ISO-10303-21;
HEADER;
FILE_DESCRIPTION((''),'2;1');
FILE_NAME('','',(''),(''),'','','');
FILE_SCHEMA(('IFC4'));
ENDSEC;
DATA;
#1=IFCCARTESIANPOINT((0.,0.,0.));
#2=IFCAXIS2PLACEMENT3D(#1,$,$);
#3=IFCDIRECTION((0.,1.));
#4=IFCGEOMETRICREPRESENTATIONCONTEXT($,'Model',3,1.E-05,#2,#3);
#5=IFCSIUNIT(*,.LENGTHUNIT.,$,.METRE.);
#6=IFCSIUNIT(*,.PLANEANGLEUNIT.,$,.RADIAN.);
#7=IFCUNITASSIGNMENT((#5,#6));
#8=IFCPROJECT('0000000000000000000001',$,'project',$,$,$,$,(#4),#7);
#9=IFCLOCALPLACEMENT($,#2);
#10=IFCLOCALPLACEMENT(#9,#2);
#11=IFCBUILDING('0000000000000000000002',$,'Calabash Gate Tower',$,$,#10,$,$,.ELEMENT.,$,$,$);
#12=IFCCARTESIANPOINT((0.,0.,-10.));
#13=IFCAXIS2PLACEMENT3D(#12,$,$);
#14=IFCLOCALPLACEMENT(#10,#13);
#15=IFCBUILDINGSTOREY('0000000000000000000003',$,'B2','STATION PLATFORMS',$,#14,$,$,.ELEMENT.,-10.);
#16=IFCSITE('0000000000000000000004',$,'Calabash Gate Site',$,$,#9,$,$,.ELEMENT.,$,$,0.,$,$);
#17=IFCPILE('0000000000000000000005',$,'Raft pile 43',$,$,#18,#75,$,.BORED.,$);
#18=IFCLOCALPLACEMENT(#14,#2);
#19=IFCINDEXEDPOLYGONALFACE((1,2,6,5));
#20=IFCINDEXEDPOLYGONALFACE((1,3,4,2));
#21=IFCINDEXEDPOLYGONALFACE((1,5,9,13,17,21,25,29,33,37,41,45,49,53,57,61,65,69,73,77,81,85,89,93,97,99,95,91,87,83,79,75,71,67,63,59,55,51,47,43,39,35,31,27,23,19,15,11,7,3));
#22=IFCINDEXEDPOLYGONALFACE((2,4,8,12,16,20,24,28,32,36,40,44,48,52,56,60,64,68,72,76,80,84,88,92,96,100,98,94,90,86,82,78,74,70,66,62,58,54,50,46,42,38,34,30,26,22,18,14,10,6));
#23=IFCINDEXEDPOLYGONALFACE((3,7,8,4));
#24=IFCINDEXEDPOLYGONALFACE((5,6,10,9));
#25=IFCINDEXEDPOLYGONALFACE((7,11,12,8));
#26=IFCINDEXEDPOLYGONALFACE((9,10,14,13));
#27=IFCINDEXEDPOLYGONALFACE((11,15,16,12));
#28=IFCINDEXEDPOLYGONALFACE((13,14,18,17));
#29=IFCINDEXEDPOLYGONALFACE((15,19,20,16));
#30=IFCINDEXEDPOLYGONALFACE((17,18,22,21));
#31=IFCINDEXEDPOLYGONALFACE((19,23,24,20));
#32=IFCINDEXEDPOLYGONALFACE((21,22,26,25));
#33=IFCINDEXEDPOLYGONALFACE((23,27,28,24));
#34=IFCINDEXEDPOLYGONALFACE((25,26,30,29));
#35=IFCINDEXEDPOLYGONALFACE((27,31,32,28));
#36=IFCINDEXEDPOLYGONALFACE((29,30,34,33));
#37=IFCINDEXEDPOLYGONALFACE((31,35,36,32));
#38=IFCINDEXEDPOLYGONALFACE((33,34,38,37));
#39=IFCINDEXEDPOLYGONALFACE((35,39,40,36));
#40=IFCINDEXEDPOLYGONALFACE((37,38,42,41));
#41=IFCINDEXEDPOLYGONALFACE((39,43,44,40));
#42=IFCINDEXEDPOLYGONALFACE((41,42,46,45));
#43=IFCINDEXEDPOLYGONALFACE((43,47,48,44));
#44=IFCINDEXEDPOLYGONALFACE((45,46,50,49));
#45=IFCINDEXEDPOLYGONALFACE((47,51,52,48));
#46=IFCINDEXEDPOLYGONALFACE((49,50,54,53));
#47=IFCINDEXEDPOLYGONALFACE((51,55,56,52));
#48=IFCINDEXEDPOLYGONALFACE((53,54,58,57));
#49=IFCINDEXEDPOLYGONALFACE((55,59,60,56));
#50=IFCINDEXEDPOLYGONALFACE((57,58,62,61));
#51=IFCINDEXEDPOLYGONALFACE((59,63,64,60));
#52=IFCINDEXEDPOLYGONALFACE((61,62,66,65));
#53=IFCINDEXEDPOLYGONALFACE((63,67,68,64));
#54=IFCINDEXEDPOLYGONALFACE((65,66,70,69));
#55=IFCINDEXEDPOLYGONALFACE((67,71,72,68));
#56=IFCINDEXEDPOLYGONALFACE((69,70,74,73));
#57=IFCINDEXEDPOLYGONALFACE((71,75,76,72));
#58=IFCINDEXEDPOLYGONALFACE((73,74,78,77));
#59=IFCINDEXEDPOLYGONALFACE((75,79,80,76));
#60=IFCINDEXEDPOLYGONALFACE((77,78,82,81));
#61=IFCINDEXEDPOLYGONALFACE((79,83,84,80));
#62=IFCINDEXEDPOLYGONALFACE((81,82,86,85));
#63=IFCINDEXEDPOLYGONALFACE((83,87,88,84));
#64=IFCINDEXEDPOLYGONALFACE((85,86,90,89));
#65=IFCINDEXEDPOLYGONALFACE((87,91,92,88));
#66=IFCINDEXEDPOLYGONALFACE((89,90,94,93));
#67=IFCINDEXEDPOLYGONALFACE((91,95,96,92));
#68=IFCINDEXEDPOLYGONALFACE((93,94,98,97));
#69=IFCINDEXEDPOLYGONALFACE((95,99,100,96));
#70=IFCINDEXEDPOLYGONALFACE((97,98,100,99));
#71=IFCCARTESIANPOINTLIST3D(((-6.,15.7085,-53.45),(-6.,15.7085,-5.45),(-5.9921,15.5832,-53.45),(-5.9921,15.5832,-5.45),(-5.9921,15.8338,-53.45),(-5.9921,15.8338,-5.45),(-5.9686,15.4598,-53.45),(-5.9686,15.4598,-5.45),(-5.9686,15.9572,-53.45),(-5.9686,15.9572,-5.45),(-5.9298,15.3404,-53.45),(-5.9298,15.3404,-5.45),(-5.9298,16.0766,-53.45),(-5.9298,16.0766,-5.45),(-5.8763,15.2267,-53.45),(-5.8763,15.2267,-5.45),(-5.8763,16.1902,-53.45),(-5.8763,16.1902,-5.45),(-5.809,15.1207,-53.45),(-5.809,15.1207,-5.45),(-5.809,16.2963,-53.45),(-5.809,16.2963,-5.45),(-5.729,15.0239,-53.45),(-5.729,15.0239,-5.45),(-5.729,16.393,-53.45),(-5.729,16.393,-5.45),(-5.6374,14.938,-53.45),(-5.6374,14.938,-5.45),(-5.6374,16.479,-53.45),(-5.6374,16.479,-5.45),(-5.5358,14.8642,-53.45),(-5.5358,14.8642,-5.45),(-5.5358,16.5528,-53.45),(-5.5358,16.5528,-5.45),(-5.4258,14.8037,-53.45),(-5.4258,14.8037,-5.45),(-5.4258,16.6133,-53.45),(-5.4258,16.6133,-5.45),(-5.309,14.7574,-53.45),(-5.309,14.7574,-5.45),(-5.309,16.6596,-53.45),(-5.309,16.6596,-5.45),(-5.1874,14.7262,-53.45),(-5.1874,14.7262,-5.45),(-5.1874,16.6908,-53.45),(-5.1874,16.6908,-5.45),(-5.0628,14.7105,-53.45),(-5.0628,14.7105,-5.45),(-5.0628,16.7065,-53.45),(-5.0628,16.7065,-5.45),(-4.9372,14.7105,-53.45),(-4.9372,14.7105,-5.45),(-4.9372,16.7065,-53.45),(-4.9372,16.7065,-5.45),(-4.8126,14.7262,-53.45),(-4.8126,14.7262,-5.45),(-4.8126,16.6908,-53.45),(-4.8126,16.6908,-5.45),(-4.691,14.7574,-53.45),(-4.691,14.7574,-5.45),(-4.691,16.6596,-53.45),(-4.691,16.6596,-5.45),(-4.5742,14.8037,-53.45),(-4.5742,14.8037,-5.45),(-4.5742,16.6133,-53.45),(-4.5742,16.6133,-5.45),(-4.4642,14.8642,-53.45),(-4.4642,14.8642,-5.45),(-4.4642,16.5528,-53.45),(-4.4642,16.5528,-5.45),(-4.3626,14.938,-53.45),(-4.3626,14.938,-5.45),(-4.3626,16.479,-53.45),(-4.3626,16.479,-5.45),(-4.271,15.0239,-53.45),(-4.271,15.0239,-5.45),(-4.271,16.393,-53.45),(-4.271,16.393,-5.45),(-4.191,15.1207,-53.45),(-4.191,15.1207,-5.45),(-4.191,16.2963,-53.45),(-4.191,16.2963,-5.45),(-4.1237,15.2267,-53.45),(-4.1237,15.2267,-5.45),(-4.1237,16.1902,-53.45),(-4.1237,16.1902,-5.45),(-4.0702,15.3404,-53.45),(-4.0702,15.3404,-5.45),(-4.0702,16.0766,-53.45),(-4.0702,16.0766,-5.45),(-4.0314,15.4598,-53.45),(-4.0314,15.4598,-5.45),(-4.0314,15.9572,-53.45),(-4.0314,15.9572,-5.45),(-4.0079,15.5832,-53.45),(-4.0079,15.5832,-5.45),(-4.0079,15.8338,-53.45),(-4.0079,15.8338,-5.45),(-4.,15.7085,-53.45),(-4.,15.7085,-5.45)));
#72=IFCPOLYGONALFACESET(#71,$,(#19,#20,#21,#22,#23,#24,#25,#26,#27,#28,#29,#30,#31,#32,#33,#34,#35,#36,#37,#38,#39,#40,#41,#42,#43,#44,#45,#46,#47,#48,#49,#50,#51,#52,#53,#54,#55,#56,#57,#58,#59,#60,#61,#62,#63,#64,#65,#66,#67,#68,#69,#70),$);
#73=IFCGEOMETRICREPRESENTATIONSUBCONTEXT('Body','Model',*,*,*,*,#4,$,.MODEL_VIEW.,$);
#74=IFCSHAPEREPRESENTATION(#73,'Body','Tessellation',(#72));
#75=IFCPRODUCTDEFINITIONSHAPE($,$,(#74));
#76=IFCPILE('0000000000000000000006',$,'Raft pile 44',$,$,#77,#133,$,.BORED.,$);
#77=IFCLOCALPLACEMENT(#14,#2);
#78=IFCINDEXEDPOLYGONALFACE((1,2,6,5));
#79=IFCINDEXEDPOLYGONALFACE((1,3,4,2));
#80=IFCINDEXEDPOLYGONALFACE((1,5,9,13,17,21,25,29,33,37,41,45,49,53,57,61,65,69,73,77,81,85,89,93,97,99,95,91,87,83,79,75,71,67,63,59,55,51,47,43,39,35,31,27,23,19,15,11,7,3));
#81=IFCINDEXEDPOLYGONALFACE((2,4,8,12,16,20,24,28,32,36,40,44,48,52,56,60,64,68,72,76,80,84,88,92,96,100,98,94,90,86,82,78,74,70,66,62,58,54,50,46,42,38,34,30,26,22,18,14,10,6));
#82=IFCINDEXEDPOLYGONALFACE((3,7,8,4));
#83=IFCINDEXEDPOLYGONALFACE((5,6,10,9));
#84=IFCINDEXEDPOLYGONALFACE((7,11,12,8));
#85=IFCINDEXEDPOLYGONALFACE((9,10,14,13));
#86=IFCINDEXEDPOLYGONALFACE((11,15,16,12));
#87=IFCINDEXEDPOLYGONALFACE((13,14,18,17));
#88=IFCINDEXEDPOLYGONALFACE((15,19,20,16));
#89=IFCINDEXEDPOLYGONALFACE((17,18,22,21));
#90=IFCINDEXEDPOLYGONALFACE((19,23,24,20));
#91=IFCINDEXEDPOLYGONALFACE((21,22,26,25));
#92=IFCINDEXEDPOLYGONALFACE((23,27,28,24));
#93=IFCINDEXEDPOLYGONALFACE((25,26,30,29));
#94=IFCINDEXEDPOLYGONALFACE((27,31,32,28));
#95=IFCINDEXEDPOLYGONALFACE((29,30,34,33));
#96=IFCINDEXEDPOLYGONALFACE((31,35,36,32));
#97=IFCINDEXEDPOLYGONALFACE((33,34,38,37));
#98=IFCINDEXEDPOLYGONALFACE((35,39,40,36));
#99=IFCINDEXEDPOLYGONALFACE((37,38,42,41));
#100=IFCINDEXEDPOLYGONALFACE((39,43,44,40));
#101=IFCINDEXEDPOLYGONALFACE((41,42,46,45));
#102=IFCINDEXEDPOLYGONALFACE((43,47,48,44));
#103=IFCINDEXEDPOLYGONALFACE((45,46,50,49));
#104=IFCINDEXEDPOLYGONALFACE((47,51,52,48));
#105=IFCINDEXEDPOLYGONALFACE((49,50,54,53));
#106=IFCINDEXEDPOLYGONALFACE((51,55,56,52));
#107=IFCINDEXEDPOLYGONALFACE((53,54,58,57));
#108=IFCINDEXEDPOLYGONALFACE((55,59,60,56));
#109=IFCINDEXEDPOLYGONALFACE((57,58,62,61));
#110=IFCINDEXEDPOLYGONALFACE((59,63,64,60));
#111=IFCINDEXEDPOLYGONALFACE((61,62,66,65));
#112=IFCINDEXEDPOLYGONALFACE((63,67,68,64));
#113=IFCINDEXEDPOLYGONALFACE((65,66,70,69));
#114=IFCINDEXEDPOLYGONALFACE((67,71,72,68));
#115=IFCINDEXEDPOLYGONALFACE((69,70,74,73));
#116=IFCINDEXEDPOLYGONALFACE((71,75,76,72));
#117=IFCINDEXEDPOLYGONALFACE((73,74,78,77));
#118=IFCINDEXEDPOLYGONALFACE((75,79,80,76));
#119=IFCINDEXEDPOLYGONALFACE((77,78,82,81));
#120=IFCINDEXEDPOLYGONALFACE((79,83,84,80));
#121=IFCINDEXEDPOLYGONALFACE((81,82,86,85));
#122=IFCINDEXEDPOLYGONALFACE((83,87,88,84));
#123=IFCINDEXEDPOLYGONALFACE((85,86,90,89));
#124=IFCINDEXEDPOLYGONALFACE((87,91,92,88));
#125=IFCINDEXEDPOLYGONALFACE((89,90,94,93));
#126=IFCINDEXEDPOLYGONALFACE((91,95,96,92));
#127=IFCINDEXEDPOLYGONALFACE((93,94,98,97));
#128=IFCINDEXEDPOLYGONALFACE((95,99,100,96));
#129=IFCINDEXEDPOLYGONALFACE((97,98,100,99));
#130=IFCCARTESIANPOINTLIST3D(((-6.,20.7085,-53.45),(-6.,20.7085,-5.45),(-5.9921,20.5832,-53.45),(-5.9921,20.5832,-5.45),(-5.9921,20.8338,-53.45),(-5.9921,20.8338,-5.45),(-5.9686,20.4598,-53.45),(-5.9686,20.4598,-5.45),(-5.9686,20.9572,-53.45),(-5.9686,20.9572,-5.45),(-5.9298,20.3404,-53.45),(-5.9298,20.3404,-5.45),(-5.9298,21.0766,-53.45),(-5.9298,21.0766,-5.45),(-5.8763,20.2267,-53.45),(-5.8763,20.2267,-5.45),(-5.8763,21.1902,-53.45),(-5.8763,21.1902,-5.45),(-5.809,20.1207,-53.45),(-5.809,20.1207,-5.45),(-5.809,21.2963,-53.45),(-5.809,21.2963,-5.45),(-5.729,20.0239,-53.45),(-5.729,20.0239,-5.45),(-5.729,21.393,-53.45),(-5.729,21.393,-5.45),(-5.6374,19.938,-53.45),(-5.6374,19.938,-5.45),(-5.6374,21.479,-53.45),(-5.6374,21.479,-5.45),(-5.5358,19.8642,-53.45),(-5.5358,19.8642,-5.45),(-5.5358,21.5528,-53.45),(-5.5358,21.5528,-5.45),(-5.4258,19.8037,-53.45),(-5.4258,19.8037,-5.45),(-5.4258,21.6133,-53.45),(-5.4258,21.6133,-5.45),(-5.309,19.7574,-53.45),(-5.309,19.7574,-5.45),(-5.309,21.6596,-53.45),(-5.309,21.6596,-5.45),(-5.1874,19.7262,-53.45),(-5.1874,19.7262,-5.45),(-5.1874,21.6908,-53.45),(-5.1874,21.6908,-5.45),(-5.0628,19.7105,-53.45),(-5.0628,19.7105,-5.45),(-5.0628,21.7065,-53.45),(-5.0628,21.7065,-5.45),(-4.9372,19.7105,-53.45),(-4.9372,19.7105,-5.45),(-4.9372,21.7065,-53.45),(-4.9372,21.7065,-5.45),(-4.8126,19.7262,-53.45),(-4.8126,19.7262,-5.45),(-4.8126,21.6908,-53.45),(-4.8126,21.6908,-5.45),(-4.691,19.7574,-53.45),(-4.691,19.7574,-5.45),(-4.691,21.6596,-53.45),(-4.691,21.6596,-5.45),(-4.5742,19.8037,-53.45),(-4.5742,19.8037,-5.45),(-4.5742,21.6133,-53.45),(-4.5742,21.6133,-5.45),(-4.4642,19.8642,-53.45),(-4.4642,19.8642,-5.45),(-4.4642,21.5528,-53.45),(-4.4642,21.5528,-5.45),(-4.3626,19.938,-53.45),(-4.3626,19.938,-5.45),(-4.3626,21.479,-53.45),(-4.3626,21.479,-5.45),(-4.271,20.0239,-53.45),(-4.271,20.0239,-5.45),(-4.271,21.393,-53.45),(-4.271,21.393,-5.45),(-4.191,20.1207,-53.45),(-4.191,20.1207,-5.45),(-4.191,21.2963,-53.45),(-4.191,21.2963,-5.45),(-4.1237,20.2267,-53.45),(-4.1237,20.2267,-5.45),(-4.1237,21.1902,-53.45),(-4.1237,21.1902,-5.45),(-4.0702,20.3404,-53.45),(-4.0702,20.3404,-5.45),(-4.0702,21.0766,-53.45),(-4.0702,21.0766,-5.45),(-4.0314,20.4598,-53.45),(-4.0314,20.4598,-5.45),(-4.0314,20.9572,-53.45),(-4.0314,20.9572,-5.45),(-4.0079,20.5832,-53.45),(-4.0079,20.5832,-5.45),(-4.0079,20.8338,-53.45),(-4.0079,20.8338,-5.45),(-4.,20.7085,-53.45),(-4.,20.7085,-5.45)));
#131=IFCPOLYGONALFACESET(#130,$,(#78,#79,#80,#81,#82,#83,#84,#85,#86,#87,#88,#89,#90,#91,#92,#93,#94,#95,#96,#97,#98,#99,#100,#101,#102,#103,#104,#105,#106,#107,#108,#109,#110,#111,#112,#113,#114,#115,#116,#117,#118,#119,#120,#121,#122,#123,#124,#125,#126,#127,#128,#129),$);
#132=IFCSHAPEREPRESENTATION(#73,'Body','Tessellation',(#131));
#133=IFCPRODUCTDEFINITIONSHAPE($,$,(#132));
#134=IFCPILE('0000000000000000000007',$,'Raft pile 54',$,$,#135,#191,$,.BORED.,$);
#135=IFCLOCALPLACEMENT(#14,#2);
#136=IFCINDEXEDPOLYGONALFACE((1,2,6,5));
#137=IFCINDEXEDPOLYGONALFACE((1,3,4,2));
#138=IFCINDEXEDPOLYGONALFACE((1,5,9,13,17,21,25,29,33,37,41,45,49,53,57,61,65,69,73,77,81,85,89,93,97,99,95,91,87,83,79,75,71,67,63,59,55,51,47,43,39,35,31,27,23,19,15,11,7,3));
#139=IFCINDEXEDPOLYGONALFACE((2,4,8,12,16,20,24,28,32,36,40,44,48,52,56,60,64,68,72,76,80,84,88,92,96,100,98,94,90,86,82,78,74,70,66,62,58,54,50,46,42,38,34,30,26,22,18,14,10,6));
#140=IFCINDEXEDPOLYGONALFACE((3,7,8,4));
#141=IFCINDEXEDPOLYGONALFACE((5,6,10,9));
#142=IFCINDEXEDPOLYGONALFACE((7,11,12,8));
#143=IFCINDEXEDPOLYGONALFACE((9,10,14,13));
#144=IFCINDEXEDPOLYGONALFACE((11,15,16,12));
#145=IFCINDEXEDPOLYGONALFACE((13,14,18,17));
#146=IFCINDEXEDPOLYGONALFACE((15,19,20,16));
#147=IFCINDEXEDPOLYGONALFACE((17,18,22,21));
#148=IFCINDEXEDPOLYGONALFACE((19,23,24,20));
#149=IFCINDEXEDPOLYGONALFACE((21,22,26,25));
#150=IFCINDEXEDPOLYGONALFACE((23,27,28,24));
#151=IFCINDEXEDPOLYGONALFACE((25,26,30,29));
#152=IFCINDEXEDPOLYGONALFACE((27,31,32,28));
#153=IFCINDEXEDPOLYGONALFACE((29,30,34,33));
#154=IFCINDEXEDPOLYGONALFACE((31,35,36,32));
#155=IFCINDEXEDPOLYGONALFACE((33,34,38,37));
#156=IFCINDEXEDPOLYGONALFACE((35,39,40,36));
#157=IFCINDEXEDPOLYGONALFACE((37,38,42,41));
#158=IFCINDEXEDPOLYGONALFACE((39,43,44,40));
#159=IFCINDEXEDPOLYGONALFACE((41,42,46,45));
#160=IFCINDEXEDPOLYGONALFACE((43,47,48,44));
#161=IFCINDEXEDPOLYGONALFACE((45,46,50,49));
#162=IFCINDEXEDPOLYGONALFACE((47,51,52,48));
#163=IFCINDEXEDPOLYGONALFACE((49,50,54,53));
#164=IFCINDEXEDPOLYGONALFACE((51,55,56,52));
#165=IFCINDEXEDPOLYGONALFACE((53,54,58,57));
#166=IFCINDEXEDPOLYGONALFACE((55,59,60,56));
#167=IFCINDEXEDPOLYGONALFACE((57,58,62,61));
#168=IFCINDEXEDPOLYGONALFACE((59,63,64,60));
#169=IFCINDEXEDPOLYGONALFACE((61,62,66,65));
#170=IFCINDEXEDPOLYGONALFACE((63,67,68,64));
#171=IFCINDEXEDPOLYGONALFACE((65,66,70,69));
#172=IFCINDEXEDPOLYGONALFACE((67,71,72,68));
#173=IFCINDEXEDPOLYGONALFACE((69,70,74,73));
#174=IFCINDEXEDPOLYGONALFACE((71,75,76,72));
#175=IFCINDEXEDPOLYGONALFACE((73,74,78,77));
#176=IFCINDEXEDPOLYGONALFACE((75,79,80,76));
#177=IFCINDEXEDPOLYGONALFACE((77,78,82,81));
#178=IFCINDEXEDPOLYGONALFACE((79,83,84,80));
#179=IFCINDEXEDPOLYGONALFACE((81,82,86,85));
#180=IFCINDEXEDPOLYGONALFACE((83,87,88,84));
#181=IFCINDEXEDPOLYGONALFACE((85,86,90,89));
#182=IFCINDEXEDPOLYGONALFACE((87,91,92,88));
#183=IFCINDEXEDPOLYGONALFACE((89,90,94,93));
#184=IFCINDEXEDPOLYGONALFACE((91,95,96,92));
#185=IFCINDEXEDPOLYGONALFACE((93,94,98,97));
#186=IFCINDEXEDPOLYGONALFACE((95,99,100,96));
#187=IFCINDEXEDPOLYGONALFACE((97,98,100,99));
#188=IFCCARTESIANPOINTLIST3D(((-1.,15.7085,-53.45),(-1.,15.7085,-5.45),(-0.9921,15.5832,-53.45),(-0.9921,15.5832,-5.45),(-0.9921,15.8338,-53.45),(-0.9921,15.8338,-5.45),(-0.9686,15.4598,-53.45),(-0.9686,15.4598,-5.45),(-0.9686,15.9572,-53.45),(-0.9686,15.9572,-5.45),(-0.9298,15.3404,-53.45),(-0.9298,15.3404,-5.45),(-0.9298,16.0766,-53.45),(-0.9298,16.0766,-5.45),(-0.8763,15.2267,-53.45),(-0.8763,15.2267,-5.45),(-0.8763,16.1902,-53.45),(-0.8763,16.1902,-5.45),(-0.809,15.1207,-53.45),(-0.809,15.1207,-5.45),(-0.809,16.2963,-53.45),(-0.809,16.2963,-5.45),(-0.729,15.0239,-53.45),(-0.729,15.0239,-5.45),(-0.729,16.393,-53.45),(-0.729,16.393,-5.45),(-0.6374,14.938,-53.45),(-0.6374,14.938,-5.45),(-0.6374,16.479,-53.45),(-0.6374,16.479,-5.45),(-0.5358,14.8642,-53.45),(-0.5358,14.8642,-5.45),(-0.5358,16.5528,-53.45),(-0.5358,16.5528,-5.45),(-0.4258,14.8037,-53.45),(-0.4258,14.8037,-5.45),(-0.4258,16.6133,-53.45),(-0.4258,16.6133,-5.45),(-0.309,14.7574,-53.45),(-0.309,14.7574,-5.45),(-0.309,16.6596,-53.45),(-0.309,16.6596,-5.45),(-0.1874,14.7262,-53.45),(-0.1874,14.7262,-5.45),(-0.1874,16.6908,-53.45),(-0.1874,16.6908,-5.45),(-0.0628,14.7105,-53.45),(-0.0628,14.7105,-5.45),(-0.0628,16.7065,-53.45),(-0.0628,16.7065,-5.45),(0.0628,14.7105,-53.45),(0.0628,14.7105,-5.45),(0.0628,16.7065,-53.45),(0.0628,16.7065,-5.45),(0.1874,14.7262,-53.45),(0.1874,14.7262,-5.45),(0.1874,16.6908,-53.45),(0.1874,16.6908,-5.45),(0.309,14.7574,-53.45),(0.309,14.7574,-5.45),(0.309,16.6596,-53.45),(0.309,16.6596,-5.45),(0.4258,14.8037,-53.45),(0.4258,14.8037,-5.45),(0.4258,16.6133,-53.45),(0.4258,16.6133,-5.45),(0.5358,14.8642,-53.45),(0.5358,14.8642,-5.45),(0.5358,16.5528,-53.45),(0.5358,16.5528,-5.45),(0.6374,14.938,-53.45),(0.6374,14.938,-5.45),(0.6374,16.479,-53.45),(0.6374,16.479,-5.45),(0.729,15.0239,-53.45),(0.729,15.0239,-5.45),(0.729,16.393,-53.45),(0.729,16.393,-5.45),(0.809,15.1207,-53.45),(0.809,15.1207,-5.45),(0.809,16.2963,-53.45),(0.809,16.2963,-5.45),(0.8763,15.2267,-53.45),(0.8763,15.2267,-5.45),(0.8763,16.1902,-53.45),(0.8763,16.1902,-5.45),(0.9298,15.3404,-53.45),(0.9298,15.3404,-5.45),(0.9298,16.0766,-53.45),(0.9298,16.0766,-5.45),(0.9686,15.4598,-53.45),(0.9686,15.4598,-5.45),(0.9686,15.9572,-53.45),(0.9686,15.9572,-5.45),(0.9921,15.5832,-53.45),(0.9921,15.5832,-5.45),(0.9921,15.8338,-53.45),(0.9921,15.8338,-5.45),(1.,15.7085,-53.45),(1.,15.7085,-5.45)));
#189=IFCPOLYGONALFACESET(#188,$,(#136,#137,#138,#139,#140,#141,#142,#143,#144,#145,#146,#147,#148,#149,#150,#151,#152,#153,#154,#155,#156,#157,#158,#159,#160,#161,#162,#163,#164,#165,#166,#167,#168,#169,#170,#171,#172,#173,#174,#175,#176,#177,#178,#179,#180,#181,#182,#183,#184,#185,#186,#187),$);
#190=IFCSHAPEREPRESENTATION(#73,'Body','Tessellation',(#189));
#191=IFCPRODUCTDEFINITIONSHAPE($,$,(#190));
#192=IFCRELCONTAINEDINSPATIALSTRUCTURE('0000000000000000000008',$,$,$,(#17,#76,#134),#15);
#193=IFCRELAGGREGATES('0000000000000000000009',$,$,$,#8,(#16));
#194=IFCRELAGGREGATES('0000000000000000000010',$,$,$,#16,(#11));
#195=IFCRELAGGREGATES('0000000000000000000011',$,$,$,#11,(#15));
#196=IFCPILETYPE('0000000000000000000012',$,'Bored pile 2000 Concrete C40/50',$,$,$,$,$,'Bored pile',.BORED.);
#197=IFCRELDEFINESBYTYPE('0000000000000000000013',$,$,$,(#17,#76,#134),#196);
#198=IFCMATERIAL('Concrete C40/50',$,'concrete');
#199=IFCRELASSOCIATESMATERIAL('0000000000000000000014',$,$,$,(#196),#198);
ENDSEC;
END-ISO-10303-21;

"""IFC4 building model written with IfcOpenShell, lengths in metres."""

from ifc_helpers import new_model, si_unit, direction, frame, origin, origin_2d, place, context, subcontext, project, spatial, circle, extrude, material, material_profile, profile_set, type_object, element, save


model = new_model("IFC4")

# Units and contexts
model_context = context("Model", 3, precision=1e-05, world=origin(), true_north=direction((0.0, 1.0)))
body_context = subcontext(model_context, "Body", "Model", "MODEL_VIEW")
ifc_project = project(units=[si_unit("LENGTHUNIT", "METRE"), si_unit("PLANEANGLEUNIT", "RADIAN")], contexts=[model_context])

# Site, building, storey
site_placement = place(None, origin())
site = spatial("IfcSite", under=ifc_project, at=site_placement, Name="Calabash Gate Site", CompositionType="ELEMENT", RefElevation=0.0)
building_placement = place(site_placement, origin())
building = spatial("IfcBuilding", under=site, at=building_placement, Name="Calabash Gate Tower", CompositionType="ELEMENT")
storey_placement = place(building_placement, frame((0.0, 0.0, -10.0)))
storey = spatial("IfcBuildingStorey", under=building, at=storey_placement, Name="B2", Description="STATION PLATFORMS", CompositionType="ELEMENT", Elevation=-10.0)

# Piles
ifc_material_1 = material(Name="Concrete C40/50", Category="concrete")
ifc_material_profile_1 = material_profile(ifc_material_1, circle(Radius=1.0, at=origin_2d()))
ifc_profile_set_1 = profile_set([ifc_material_profile_1], Name="Concrete C40/50")
pile_type = type_object("IfcPileType", Name="Bored pile 2000 Concrete C40/50", ElementType="Bored pile", PredefinedType="BORED", material=ifc_profile_set_1)
for number, where, z_axis, x_axis, name in (
    (1, (-5.0, 15.7085, -5.45), (0.0, 0.0, -1.0), (1.0, 0.0, 0.0), "Raft pile 43"),
    (2, (-5.0, 20.7085, -5.45), (0.0, 0.0, -1.0), (1.0, 0.0, 0.0), "Raft pile 44"),
    (3, (0.0, 15.7085, -5.45), (0.0, 0.0, -1.0), (1.0, 0.0, 0.0), "Raft pile 54"),
):
    element("IfcPile", number, at=place(storey_placement, frame(where, z_axis=z_axis, x_axis=x_axis)), inside=storey, type_object=pile_type, Name=name, PredefinedType="BORED", context=body_context, shape_type="SweptSolid", body=[
        extrude(circle(Radius=1.0, at=origin_2d()), origin(), (0.0, 0.0, 1.0), 48.0),
    ])

save(model, "model.ifc")
